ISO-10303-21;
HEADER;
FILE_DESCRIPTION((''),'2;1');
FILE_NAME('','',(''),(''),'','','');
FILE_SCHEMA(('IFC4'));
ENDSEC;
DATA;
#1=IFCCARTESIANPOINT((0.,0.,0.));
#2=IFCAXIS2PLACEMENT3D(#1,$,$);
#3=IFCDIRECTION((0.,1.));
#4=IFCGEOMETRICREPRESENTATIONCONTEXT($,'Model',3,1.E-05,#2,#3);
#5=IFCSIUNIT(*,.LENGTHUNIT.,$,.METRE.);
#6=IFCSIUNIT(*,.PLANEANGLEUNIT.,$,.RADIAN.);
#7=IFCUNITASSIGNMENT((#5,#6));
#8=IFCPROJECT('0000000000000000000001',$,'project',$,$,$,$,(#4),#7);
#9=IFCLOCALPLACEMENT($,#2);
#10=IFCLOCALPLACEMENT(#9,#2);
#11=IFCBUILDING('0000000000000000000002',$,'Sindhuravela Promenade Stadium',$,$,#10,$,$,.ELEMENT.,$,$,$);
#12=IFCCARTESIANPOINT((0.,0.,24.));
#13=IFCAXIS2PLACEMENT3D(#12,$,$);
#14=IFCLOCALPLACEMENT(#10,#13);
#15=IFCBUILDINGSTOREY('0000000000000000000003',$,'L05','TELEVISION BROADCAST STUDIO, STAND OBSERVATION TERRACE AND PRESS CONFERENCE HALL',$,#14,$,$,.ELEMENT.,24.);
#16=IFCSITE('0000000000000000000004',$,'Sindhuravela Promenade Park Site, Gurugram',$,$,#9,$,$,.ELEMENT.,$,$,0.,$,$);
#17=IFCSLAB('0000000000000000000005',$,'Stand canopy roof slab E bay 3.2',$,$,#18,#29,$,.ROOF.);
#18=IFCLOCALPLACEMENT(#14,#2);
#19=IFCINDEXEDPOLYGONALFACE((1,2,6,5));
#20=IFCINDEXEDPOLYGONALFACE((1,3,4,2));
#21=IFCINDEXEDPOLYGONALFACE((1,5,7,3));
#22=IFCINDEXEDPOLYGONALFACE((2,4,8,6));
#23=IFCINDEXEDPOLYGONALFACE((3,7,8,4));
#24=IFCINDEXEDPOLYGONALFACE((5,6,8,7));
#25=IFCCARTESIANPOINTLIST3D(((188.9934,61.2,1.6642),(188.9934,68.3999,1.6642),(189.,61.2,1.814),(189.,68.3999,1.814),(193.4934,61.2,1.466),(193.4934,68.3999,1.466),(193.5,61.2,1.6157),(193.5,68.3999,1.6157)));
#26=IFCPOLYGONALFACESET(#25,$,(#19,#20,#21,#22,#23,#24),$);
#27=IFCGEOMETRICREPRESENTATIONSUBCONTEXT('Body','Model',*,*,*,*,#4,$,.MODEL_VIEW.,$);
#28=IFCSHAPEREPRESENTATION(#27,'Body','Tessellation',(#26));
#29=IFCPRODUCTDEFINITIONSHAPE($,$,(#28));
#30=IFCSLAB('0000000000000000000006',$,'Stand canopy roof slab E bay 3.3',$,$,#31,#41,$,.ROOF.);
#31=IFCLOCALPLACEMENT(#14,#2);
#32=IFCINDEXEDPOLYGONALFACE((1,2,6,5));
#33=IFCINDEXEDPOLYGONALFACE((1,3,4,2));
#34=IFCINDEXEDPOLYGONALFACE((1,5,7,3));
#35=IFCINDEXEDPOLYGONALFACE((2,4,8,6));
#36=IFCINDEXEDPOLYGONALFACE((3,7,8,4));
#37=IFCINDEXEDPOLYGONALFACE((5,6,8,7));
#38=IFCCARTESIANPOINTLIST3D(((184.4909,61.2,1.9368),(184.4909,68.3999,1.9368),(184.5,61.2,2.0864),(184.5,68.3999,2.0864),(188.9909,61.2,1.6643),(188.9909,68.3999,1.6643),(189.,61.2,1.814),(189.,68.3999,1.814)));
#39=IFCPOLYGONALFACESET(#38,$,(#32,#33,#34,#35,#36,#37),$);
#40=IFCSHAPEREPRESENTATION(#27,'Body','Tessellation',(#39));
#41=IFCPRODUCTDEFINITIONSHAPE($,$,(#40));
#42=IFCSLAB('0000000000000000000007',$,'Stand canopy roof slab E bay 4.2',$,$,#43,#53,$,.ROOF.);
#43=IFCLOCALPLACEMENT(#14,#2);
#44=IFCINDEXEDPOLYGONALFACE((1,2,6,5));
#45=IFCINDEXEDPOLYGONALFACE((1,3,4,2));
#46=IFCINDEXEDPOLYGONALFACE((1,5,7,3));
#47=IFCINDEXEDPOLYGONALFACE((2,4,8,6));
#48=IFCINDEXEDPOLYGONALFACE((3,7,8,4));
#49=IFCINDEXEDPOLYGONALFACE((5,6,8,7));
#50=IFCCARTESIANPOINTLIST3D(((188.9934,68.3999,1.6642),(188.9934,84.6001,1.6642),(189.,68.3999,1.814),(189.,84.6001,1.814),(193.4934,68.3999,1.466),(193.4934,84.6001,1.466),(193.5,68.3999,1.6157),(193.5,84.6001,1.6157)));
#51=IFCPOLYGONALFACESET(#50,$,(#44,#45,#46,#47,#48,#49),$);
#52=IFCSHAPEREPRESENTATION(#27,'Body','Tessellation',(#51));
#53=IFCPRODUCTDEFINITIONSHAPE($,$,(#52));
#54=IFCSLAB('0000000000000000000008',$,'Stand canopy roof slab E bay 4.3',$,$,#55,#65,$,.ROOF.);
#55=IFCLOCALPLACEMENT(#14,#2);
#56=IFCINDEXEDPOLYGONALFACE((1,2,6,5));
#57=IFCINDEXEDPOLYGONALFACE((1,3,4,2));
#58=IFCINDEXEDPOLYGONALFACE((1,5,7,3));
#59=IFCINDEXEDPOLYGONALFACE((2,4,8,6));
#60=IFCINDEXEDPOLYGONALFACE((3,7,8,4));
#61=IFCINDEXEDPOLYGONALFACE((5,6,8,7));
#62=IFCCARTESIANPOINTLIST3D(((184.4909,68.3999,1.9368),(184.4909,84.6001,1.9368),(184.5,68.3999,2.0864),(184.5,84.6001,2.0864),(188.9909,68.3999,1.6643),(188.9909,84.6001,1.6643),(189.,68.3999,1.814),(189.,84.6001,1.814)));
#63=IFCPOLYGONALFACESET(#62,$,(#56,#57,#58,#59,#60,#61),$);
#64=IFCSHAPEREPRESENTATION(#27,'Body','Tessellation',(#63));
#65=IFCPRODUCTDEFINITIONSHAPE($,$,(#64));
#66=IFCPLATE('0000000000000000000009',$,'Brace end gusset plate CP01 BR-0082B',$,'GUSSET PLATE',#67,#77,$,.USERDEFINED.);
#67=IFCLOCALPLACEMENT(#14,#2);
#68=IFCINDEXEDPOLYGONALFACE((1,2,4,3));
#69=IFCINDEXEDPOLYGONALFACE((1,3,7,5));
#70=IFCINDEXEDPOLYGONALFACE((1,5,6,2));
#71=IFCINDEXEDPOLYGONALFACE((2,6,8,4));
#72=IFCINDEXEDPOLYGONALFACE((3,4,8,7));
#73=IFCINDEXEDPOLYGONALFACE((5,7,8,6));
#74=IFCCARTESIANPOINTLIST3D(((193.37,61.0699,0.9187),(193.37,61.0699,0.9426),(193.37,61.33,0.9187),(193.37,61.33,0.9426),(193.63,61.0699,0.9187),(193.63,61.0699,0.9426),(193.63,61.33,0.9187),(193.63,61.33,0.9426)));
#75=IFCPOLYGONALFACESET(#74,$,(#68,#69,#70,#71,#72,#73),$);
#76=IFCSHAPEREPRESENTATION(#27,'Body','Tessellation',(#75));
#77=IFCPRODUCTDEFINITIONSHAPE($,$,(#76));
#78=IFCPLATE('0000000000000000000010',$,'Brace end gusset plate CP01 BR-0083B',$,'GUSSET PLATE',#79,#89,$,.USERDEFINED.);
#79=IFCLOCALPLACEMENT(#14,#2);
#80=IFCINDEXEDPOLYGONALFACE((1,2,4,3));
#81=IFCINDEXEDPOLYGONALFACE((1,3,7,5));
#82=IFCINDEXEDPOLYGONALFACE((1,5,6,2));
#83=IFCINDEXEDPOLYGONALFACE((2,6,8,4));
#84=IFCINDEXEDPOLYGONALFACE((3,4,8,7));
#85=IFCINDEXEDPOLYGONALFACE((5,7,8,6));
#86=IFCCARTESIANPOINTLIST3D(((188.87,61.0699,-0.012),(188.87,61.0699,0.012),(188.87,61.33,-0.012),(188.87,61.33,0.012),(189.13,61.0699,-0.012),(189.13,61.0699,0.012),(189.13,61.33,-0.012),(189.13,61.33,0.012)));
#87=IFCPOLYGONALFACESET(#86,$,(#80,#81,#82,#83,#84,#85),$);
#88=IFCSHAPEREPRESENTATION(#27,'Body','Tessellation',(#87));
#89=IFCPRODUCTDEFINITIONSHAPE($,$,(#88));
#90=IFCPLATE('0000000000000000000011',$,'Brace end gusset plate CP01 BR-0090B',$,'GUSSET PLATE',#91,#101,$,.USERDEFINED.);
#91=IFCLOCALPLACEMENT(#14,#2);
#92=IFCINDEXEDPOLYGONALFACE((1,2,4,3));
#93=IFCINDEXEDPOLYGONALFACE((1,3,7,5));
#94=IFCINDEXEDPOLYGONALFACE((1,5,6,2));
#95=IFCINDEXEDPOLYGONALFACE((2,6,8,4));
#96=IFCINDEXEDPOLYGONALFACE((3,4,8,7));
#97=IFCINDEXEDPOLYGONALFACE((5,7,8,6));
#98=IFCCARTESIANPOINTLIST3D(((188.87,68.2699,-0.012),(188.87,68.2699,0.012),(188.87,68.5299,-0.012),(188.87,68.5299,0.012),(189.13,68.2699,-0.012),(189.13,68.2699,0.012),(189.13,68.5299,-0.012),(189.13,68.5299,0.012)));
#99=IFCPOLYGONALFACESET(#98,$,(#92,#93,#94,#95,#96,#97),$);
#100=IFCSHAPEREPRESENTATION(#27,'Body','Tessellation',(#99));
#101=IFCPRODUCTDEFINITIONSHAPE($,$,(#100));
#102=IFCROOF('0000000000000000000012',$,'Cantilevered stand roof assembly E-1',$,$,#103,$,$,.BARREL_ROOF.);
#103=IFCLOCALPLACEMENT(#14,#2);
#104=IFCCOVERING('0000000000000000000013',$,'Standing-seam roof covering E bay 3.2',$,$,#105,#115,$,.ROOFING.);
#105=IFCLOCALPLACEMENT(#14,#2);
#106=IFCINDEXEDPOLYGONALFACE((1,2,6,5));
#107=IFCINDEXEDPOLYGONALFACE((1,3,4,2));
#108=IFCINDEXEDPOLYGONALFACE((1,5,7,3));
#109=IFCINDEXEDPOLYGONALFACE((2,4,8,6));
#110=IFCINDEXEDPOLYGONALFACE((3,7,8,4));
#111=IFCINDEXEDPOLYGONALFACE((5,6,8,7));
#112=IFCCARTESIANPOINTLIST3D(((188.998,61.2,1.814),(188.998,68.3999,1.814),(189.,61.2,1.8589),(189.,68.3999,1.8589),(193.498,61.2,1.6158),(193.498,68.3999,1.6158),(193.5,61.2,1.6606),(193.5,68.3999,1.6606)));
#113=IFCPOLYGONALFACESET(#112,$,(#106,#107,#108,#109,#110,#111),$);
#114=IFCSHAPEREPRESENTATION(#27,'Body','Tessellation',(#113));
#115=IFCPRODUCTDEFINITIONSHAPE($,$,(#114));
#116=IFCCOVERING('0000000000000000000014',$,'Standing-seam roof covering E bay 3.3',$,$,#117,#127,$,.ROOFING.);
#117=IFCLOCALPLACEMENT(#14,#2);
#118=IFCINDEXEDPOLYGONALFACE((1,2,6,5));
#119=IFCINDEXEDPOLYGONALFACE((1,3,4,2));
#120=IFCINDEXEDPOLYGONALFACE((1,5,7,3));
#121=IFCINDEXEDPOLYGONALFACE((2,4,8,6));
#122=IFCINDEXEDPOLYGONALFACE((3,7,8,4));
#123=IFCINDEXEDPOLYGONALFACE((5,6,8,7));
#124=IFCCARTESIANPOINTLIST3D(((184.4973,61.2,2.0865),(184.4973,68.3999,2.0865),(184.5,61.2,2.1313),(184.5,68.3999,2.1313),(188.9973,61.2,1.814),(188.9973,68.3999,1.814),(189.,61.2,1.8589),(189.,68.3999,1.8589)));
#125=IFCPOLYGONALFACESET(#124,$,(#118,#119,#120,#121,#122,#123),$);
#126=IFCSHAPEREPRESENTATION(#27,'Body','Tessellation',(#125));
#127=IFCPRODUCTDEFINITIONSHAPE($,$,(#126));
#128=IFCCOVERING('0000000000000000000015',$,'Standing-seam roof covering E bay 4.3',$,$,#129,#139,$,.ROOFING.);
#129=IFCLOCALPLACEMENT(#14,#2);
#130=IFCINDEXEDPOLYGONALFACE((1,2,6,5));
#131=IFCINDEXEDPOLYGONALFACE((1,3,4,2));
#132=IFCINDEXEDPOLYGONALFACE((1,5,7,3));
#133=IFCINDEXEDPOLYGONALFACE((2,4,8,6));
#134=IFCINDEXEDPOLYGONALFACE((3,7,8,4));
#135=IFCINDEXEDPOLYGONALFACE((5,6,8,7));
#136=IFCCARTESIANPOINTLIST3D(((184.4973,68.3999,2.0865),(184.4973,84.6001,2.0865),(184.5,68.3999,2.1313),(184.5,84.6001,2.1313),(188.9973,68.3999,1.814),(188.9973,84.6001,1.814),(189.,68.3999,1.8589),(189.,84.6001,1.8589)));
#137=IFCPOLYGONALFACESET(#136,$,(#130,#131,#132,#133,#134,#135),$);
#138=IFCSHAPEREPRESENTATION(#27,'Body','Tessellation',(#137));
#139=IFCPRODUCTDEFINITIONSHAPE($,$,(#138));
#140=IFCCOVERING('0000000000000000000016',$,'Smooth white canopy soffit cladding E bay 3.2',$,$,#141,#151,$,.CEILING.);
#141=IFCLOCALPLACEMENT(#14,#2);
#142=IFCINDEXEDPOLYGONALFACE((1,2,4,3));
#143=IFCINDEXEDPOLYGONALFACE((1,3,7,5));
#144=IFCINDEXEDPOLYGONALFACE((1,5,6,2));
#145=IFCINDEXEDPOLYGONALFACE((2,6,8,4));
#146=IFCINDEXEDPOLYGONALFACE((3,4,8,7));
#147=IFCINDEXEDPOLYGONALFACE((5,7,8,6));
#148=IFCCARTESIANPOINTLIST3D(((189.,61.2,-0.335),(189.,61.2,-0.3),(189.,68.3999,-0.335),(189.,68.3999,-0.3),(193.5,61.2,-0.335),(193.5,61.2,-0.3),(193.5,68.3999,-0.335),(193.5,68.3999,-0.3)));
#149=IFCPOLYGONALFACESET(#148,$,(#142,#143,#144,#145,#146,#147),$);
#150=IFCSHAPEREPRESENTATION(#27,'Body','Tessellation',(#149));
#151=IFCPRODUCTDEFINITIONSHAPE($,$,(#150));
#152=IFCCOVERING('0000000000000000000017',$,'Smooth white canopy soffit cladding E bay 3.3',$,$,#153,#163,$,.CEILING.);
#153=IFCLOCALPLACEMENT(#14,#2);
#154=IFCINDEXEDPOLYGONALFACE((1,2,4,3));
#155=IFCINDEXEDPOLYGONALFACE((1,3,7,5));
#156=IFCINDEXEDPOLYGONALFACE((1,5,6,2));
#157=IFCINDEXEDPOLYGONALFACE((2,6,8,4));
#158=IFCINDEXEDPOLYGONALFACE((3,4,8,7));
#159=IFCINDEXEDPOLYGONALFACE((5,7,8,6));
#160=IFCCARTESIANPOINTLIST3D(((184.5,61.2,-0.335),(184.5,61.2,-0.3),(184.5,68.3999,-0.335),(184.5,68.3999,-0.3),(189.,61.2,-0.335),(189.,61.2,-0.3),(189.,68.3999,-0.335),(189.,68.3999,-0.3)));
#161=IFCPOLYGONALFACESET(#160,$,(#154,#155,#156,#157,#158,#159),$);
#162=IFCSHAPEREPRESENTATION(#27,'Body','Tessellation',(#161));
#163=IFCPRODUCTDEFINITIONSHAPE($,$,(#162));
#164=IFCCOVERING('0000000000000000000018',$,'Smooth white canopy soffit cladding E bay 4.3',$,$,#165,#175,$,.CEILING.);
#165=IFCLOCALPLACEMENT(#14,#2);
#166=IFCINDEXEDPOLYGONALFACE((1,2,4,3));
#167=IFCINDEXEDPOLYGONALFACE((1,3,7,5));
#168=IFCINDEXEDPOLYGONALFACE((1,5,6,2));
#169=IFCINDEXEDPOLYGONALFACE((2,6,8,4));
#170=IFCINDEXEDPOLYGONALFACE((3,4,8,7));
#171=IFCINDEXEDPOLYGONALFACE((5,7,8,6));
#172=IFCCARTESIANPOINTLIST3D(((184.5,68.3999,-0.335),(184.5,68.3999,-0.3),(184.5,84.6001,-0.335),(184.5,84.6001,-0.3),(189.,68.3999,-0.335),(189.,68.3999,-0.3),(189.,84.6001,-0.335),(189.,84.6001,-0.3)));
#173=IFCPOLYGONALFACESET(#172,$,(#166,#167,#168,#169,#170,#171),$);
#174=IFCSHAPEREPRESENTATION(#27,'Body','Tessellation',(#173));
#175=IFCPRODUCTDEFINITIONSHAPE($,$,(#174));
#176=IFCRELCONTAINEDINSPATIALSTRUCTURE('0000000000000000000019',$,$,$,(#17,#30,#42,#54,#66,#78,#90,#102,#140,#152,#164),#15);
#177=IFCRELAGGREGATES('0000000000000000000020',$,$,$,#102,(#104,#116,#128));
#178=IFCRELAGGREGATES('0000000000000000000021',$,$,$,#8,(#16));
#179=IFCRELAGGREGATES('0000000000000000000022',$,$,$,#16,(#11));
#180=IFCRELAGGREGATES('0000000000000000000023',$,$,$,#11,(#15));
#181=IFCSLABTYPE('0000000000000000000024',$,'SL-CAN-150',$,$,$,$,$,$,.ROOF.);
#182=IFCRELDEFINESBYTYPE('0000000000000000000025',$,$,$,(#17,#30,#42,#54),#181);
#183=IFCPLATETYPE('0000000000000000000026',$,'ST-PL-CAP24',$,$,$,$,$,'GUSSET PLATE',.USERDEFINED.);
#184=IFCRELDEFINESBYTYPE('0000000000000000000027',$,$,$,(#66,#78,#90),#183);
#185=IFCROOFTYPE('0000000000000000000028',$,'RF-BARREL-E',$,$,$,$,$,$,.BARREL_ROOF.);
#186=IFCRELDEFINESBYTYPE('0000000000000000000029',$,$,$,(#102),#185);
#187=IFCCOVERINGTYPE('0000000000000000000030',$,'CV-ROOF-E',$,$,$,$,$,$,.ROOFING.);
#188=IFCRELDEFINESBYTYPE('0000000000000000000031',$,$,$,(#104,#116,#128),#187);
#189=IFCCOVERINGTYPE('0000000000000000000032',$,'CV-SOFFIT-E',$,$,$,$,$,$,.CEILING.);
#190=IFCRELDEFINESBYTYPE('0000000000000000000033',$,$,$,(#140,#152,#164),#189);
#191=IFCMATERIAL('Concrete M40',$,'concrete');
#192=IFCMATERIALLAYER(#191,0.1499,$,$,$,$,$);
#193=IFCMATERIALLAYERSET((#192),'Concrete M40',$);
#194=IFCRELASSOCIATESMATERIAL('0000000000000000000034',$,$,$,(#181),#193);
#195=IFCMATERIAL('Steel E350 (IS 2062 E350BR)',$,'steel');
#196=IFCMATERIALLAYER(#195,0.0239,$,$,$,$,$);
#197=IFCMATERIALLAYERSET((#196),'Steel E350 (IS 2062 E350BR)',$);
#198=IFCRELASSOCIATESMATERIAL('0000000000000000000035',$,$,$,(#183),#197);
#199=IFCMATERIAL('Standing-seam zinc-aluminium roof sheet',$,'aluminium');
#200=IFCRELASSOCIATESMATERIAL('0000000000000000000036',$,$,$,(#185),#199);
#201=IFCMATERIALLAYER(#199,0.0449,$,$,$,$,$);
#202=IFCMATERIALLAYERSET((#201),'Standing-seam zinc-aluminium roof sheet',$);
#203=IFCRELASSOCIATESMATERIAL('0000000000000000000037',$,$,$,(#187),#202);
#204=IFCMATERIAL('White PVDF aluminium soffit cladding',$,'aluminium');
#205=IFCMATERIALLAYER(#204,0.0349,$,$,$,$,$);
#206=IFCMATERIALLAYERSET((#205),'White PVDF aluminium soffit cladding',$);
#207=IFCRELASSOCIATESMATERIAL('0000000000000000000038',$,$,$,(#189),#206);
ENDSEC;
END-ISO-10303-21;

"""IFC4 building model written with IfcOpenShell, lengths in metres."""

from ifc_helpers import new_model, si_unit, direction, frame, origin, origin_2d, place, context, subcontext, project, spatial, polyline, rectangle, outline, extrude, material, layer, layer_set, type_object, element, aggregate, save


model = new_model("IFC4")

# Units and contexts
model_context = context("Model", 3, precision=1e-05, world=origin(), true_north=direction((0.0, 1.0)))
body_context = subcontext(model_context, "Body", "Model", "MODEL_VIEW")
ifc_project = project(units=[si_unit("LENGTHUNIT", "METRE"), si_unit("PLANEANGLEUNIT", "RADIAN")], contexts=[model_context])

# Site, building, storey
site_placement = place(None, origin())
site = spatial("IfcSite", under=ifc_project, at=site_placement, Name="Sindhuravela Promenade Park Site, Gurugram", CompositionType="ELEMENT", RefElevation=0.0)
building_placement = place(site_placement, origin())
building = spatial("IfcBuilding", under=site, at=building_placement, Name="Sindhuravela Promenade Stadium", CompositionType="ELEMENT")
storey_placement = place(building_placement, frame((0.0, 0.0, 24.0)))
storey = spatial("IfcBuildingStorey", under=building, at=storey_placement, Name="L05", Description="TELEVISION BROADCAST STUDIO, STAND OBSERVATION TERRACE AND PRESS CONFERENCE HALL", CompositionType="ELEMENT", Elevation=24.0)

# Shared definitions
ifc_material_1 = material(Name="Concrete M40", Category="concrete")
ifc_material_2 = material(Name="Steel E350 (IS 2062 E350BR)", Category="steel")

# Slabs
ifc_layer_1 = layer(ifc_material_1, 0.1499)
ifc_layer_set_1 = layer_set([ifc_layer_1], Name="Concrete M40")
slab_type = type_object("IfcSlabType", Name="SL-CAN-150", PredefinedType="ROOF", material=ifc_layer_set_1)
slab_1_placement = place(storey_placement, frame((193.5, 61.2, 1.6157), z_axis=(0.044011, 0.0, 0.999031), x_axis=(0.0, 1.0, 0.0)))
element("IfcSlab", 1, at=slab_1_placement, inside=storey, type_object=slab_type, Name="Stand canopy roof slab E bay 3.2", PredefinedType="ROOF", context=body_context, shape_type="SweptSolid", body=[
    extrude(outline(polyline([(0.0, 0.0), (7.2, 0.0), (7.2, 4.5044), (0.0, 4.5044), (0.0, 0.0)])), origin(), (0.0, 0.0, -1.0), 0.1499),
])
slab_2_placement = place(storey_placement, frame((189.0, 61.2, 1.814), z_axis=(0.060436, 0.0, 0.998172), x_axis=(0.0, 1.0, 0.0)))
element("IfcSlab", 2, at=slab_2_placement, inside=storey, type_object=slab_type, Name="Stand canopy roof slab E bay 3.3", PredefinedType="ROOF", context=body_context, shape_type="SweptSolid", body=[
    extrude(outline(polyline([(0.0, 0.0), (7.2, 0.0), (7.2, 4.5082), (0.0, 4.5082), (0.0, 0.0)])), origin(), (0.0, 0.0, -1.0), 0.1499),
])
slab_3_placement = place(storey_placement, frame((193.5, 68.3999, 1.6157), z_axis=(0.044011, 0.0, 0.999031), x_axis=(0.0, 1.0, 0.0)))
element("IfcSlab", 3, at=slab_3_placement, inside=storey, type_object=slab_type, Name="Stand canopy roof slab E bay 4.2", PredefinedType="ROOF", context=body_context, shape_type="SweptSolid", body=[
    extrude(outline(polyline([(0.0, 0.0), (16.2002, 0.0), (16.2002, 4.5044), (0.0, 4.5044), (0.0, 0.0)])), origin(), (0.0, 0.0, -1.0), 0.1499),
])
slab_4_placement = place(storey_placement, frame((189.0, 68.3999, 1.814), z_axis=(0.060436, 0.0, 0.998172), x_axis=(0.0, 1.0, 0.0)))
element("IfcSlab", 4, at=slab_4_placement, inside=storey, type_object=slab_type, Name="Stand canopy roof slab E bay 4.3", PredefinedType="ROOF", context=body_context, shape_type="SweptSolid", body=[
    extrude(outline(polyline([(0.0, 0.0), (16.2002, 0.0), (16.2002, 4.5082), (0.0, 4.5082), (0.0, 0.0)])), origin(), (0.0, 0.0, -1.0), 0.1499),
])

# Plates
ifc_layer_2 = layer(ifc_material_2, 0.0239)
ifc_layer_set_2 = layer_set([ifc_layer_2], Name="Steel E350 (IS 2062 E350BR)")
plate_type = type_object("IfcPlateType", Name="ST-PL-CAP24", ElementType="GUSSET PLATE", PredefinedType="USERDEFINED", material=ifc_layer_set_2)
for number, where, z_axis, x_axis, name in (
    (5, (193.5, 61.2, 0.9187), (0.0, 0.0, 1.0), (1.0, 0.0, 0.0), "Brace end gusset plate CP01 BR-0082B"),
    (6, (189.0, 61.2, -0.012), (0.0, 0.0, 1.0), (1.0, 0.0, 0.0), "Brace end gusset plate CP01 BR-0083B"),
    (7, (189.0, 68.3999, -0.012), (0.0, 0.0, 1.0), (1.0, 0.0, 0.0), "Brace end gusset plate CP01 BR-0090B"),
):
    element("IfcPlate", number, at=place(storey_placement, frame(where, z_axis=z_axis, x_axis=x_axis)), inside=storey, type_object=plate_type, Name=name, ObjectType="GUSSET PLATE", PredefinedType="USERDEFINED", context=body_context, shape_type="SweptSolid", body=[
        extrude(rectangle(XDim=0.26, YDim=0.26, at=origin_2d()), origin(), (0.0, 0.0, 1.0), 0.0239),
    ])

# Roof, coverings
ifc_material_3 = material(Name="Standing-seam zinc-aluminium roof sheet", Category="aluminium")
roof_type = type_object("IfcRoofType", Name="RF-BARREL-E", PredefinedType="BARREL_ROOF", material=ifc_material_3)
roof_placement = place(storey_placement, origin())
roof = element("IfcRoof", 8, at=roof_placement, inside=storey, type_object=roof_type, Name="Cantilevered stand roof assembly E-1", PredefinedType="BARREL_ROOF")
ifc_layer_3 = layer(ifc_material_3, 0.0449)
ifc_layer_set_3 = layer_set([ifc_layer_3], Name="Standing-seam zinc-aluminium roof sheet")
covering_type_1 = type_object("IfcCoveringType", Name="CV-ROOF-E", PredefinedType="ROOFING", material=ifc_layer_set_3)
covering_1_placement = place(storey_placement, frame((193.5, 61.2, 1.6606), z_axis=(0.044011, 0.0, 0.999031), x_axis=(0.0, 1.0, 0.0)))
covering_1 = element("IfcCovering", 9, at=covering_1_placement, type_object=covering_type_1, Name="Standing-seam roof covering E bay 3.2", PredefinedType="ROOFING", context=body_context, shape_type="SweptSolid", body=[
    extrude(outline(polyline([(0.0, 0.0), (7.2, 0.0), (7.2, 4.5044), (0.0, 4.5044), (0.0, 0.0)])), origin(), (0.0, 0.0, -1.0), 0.0449),
])
covering_2_placement = place(storey_placement, frame((189.0, 61.2, 1.8589), z_axis=(0.060436, 0.0, 0.998172), x_axis=(0.0, 1.0, 0.0)))
covering_2 = element("IfcCovering", 10, at=covering_2_placement, type_object=covering_type_1, Name="Standing-seam roof covering E bay 3.3", PredefinedType="ROOFING", context=body_context, shape_type="SweptSolid", body=[
    extrude(outline(polyline([(0.0, 0.0), (7.2, 0.0), (7.2, 4.5082), (0.0, 4.5082), (0.0, 0.0)])), origin(), (0.0, 0.0, -1.0), 0.0449),
])
covering_3_placement = place(storey_placement, frame((189.0, 68.3999, 1.8589), z_axis=(0.060436, 0.0, 0.998172), x_axis=(0.0, 1.0, 0.0)))
covering_3 = element("IfcCovering", 11, at=covering_3_placement, type_object=covering_type_1, Name="Standing-seam roof covering E bay 4.3", PredefinedType="ROOFING", context=body_context, shape_type="SweptSolid", body=[
    extrude(outline(polyline([(0.0, 0.0), (16.2002, 0.0), (16.2002, 4.5082), (0.0, 4.5082), (0.0, 0.0)])), origin(), (0.0, 0.0, -1.0), 0.0449),
])
aggregate(roof, [covering_1, covering_2, covering_3])

# Coverings
ifc_material_4 = material(Name="White PVDF aluminium soffit cladding", Category="aluminium")
ifc_layer_4 = layer(ifc_material_4, 0.0349)
ifc_layer_set_4 = layer_set([ifc_layer_4], Name="White PVDF aluminium soffit cladding")
covering_type_2 = type_object("IfcCoveringType", Name="CV-SOFFIT-E", PredefinedType="CEILING", material=ifc_layer_set_4)
for number, where, z_axis, x_axis, name in (
    (12, (193.5, 61.2, -0.3), (0.0, 0.0, 1.0), (0.0, 1.0, 0.0), "Smooth white canopy soffit cladding E bay 3.2"),
    (13, (189.0, 61.2, -0.3), (0.0, 0.0, 1.0), (0.0, 1.0, 0.0), "Smooth white canopy soffit cladding E bay 3.3"),
):
    element("IfcCovering", number, at=place(storey_placement, frame(where, z_axis=z_axis, x_axis=x_axis)), inside=storey, type_object=covering_type_2, Name=name, PredefinedType="CEILING", context=body_context, shape_type="SweptSolid", body=[
        extrude(outline(polyline([(0.0, 0.0), (7.2, 0.0), (7.2, 4.5), (0.0, 4.5), (0.0, 0.0)])), origin(), (0.0, 0.0, -1.0), 0.0349),
    ])
covering_4_placement = place(storey_placement, frame((189.0, 68.3999, -0.3), z_axis=(0.0, 0.0, 1.0), x_axis=(0.0, 1.0, 0.0)))
element("IfcCovering", 14, at=covering_4_placement, inside=storey, type_object=covering_type_2, Name="Smooth white canopy soffit cladding E bay 4.3", PredefinedType="CEILING", context=body_context, shape_type="SweptSolid", body=[
    extrude(outline(polyline([(0.0, 0.0), (16.2002, 0.0), (16.2002, 4.5), (0.0, 4.5), (0.0, 0.0)])), origin(), (0.0, 0.0, -1.0), 0.0349),
])

save(model, "model.ifc")
